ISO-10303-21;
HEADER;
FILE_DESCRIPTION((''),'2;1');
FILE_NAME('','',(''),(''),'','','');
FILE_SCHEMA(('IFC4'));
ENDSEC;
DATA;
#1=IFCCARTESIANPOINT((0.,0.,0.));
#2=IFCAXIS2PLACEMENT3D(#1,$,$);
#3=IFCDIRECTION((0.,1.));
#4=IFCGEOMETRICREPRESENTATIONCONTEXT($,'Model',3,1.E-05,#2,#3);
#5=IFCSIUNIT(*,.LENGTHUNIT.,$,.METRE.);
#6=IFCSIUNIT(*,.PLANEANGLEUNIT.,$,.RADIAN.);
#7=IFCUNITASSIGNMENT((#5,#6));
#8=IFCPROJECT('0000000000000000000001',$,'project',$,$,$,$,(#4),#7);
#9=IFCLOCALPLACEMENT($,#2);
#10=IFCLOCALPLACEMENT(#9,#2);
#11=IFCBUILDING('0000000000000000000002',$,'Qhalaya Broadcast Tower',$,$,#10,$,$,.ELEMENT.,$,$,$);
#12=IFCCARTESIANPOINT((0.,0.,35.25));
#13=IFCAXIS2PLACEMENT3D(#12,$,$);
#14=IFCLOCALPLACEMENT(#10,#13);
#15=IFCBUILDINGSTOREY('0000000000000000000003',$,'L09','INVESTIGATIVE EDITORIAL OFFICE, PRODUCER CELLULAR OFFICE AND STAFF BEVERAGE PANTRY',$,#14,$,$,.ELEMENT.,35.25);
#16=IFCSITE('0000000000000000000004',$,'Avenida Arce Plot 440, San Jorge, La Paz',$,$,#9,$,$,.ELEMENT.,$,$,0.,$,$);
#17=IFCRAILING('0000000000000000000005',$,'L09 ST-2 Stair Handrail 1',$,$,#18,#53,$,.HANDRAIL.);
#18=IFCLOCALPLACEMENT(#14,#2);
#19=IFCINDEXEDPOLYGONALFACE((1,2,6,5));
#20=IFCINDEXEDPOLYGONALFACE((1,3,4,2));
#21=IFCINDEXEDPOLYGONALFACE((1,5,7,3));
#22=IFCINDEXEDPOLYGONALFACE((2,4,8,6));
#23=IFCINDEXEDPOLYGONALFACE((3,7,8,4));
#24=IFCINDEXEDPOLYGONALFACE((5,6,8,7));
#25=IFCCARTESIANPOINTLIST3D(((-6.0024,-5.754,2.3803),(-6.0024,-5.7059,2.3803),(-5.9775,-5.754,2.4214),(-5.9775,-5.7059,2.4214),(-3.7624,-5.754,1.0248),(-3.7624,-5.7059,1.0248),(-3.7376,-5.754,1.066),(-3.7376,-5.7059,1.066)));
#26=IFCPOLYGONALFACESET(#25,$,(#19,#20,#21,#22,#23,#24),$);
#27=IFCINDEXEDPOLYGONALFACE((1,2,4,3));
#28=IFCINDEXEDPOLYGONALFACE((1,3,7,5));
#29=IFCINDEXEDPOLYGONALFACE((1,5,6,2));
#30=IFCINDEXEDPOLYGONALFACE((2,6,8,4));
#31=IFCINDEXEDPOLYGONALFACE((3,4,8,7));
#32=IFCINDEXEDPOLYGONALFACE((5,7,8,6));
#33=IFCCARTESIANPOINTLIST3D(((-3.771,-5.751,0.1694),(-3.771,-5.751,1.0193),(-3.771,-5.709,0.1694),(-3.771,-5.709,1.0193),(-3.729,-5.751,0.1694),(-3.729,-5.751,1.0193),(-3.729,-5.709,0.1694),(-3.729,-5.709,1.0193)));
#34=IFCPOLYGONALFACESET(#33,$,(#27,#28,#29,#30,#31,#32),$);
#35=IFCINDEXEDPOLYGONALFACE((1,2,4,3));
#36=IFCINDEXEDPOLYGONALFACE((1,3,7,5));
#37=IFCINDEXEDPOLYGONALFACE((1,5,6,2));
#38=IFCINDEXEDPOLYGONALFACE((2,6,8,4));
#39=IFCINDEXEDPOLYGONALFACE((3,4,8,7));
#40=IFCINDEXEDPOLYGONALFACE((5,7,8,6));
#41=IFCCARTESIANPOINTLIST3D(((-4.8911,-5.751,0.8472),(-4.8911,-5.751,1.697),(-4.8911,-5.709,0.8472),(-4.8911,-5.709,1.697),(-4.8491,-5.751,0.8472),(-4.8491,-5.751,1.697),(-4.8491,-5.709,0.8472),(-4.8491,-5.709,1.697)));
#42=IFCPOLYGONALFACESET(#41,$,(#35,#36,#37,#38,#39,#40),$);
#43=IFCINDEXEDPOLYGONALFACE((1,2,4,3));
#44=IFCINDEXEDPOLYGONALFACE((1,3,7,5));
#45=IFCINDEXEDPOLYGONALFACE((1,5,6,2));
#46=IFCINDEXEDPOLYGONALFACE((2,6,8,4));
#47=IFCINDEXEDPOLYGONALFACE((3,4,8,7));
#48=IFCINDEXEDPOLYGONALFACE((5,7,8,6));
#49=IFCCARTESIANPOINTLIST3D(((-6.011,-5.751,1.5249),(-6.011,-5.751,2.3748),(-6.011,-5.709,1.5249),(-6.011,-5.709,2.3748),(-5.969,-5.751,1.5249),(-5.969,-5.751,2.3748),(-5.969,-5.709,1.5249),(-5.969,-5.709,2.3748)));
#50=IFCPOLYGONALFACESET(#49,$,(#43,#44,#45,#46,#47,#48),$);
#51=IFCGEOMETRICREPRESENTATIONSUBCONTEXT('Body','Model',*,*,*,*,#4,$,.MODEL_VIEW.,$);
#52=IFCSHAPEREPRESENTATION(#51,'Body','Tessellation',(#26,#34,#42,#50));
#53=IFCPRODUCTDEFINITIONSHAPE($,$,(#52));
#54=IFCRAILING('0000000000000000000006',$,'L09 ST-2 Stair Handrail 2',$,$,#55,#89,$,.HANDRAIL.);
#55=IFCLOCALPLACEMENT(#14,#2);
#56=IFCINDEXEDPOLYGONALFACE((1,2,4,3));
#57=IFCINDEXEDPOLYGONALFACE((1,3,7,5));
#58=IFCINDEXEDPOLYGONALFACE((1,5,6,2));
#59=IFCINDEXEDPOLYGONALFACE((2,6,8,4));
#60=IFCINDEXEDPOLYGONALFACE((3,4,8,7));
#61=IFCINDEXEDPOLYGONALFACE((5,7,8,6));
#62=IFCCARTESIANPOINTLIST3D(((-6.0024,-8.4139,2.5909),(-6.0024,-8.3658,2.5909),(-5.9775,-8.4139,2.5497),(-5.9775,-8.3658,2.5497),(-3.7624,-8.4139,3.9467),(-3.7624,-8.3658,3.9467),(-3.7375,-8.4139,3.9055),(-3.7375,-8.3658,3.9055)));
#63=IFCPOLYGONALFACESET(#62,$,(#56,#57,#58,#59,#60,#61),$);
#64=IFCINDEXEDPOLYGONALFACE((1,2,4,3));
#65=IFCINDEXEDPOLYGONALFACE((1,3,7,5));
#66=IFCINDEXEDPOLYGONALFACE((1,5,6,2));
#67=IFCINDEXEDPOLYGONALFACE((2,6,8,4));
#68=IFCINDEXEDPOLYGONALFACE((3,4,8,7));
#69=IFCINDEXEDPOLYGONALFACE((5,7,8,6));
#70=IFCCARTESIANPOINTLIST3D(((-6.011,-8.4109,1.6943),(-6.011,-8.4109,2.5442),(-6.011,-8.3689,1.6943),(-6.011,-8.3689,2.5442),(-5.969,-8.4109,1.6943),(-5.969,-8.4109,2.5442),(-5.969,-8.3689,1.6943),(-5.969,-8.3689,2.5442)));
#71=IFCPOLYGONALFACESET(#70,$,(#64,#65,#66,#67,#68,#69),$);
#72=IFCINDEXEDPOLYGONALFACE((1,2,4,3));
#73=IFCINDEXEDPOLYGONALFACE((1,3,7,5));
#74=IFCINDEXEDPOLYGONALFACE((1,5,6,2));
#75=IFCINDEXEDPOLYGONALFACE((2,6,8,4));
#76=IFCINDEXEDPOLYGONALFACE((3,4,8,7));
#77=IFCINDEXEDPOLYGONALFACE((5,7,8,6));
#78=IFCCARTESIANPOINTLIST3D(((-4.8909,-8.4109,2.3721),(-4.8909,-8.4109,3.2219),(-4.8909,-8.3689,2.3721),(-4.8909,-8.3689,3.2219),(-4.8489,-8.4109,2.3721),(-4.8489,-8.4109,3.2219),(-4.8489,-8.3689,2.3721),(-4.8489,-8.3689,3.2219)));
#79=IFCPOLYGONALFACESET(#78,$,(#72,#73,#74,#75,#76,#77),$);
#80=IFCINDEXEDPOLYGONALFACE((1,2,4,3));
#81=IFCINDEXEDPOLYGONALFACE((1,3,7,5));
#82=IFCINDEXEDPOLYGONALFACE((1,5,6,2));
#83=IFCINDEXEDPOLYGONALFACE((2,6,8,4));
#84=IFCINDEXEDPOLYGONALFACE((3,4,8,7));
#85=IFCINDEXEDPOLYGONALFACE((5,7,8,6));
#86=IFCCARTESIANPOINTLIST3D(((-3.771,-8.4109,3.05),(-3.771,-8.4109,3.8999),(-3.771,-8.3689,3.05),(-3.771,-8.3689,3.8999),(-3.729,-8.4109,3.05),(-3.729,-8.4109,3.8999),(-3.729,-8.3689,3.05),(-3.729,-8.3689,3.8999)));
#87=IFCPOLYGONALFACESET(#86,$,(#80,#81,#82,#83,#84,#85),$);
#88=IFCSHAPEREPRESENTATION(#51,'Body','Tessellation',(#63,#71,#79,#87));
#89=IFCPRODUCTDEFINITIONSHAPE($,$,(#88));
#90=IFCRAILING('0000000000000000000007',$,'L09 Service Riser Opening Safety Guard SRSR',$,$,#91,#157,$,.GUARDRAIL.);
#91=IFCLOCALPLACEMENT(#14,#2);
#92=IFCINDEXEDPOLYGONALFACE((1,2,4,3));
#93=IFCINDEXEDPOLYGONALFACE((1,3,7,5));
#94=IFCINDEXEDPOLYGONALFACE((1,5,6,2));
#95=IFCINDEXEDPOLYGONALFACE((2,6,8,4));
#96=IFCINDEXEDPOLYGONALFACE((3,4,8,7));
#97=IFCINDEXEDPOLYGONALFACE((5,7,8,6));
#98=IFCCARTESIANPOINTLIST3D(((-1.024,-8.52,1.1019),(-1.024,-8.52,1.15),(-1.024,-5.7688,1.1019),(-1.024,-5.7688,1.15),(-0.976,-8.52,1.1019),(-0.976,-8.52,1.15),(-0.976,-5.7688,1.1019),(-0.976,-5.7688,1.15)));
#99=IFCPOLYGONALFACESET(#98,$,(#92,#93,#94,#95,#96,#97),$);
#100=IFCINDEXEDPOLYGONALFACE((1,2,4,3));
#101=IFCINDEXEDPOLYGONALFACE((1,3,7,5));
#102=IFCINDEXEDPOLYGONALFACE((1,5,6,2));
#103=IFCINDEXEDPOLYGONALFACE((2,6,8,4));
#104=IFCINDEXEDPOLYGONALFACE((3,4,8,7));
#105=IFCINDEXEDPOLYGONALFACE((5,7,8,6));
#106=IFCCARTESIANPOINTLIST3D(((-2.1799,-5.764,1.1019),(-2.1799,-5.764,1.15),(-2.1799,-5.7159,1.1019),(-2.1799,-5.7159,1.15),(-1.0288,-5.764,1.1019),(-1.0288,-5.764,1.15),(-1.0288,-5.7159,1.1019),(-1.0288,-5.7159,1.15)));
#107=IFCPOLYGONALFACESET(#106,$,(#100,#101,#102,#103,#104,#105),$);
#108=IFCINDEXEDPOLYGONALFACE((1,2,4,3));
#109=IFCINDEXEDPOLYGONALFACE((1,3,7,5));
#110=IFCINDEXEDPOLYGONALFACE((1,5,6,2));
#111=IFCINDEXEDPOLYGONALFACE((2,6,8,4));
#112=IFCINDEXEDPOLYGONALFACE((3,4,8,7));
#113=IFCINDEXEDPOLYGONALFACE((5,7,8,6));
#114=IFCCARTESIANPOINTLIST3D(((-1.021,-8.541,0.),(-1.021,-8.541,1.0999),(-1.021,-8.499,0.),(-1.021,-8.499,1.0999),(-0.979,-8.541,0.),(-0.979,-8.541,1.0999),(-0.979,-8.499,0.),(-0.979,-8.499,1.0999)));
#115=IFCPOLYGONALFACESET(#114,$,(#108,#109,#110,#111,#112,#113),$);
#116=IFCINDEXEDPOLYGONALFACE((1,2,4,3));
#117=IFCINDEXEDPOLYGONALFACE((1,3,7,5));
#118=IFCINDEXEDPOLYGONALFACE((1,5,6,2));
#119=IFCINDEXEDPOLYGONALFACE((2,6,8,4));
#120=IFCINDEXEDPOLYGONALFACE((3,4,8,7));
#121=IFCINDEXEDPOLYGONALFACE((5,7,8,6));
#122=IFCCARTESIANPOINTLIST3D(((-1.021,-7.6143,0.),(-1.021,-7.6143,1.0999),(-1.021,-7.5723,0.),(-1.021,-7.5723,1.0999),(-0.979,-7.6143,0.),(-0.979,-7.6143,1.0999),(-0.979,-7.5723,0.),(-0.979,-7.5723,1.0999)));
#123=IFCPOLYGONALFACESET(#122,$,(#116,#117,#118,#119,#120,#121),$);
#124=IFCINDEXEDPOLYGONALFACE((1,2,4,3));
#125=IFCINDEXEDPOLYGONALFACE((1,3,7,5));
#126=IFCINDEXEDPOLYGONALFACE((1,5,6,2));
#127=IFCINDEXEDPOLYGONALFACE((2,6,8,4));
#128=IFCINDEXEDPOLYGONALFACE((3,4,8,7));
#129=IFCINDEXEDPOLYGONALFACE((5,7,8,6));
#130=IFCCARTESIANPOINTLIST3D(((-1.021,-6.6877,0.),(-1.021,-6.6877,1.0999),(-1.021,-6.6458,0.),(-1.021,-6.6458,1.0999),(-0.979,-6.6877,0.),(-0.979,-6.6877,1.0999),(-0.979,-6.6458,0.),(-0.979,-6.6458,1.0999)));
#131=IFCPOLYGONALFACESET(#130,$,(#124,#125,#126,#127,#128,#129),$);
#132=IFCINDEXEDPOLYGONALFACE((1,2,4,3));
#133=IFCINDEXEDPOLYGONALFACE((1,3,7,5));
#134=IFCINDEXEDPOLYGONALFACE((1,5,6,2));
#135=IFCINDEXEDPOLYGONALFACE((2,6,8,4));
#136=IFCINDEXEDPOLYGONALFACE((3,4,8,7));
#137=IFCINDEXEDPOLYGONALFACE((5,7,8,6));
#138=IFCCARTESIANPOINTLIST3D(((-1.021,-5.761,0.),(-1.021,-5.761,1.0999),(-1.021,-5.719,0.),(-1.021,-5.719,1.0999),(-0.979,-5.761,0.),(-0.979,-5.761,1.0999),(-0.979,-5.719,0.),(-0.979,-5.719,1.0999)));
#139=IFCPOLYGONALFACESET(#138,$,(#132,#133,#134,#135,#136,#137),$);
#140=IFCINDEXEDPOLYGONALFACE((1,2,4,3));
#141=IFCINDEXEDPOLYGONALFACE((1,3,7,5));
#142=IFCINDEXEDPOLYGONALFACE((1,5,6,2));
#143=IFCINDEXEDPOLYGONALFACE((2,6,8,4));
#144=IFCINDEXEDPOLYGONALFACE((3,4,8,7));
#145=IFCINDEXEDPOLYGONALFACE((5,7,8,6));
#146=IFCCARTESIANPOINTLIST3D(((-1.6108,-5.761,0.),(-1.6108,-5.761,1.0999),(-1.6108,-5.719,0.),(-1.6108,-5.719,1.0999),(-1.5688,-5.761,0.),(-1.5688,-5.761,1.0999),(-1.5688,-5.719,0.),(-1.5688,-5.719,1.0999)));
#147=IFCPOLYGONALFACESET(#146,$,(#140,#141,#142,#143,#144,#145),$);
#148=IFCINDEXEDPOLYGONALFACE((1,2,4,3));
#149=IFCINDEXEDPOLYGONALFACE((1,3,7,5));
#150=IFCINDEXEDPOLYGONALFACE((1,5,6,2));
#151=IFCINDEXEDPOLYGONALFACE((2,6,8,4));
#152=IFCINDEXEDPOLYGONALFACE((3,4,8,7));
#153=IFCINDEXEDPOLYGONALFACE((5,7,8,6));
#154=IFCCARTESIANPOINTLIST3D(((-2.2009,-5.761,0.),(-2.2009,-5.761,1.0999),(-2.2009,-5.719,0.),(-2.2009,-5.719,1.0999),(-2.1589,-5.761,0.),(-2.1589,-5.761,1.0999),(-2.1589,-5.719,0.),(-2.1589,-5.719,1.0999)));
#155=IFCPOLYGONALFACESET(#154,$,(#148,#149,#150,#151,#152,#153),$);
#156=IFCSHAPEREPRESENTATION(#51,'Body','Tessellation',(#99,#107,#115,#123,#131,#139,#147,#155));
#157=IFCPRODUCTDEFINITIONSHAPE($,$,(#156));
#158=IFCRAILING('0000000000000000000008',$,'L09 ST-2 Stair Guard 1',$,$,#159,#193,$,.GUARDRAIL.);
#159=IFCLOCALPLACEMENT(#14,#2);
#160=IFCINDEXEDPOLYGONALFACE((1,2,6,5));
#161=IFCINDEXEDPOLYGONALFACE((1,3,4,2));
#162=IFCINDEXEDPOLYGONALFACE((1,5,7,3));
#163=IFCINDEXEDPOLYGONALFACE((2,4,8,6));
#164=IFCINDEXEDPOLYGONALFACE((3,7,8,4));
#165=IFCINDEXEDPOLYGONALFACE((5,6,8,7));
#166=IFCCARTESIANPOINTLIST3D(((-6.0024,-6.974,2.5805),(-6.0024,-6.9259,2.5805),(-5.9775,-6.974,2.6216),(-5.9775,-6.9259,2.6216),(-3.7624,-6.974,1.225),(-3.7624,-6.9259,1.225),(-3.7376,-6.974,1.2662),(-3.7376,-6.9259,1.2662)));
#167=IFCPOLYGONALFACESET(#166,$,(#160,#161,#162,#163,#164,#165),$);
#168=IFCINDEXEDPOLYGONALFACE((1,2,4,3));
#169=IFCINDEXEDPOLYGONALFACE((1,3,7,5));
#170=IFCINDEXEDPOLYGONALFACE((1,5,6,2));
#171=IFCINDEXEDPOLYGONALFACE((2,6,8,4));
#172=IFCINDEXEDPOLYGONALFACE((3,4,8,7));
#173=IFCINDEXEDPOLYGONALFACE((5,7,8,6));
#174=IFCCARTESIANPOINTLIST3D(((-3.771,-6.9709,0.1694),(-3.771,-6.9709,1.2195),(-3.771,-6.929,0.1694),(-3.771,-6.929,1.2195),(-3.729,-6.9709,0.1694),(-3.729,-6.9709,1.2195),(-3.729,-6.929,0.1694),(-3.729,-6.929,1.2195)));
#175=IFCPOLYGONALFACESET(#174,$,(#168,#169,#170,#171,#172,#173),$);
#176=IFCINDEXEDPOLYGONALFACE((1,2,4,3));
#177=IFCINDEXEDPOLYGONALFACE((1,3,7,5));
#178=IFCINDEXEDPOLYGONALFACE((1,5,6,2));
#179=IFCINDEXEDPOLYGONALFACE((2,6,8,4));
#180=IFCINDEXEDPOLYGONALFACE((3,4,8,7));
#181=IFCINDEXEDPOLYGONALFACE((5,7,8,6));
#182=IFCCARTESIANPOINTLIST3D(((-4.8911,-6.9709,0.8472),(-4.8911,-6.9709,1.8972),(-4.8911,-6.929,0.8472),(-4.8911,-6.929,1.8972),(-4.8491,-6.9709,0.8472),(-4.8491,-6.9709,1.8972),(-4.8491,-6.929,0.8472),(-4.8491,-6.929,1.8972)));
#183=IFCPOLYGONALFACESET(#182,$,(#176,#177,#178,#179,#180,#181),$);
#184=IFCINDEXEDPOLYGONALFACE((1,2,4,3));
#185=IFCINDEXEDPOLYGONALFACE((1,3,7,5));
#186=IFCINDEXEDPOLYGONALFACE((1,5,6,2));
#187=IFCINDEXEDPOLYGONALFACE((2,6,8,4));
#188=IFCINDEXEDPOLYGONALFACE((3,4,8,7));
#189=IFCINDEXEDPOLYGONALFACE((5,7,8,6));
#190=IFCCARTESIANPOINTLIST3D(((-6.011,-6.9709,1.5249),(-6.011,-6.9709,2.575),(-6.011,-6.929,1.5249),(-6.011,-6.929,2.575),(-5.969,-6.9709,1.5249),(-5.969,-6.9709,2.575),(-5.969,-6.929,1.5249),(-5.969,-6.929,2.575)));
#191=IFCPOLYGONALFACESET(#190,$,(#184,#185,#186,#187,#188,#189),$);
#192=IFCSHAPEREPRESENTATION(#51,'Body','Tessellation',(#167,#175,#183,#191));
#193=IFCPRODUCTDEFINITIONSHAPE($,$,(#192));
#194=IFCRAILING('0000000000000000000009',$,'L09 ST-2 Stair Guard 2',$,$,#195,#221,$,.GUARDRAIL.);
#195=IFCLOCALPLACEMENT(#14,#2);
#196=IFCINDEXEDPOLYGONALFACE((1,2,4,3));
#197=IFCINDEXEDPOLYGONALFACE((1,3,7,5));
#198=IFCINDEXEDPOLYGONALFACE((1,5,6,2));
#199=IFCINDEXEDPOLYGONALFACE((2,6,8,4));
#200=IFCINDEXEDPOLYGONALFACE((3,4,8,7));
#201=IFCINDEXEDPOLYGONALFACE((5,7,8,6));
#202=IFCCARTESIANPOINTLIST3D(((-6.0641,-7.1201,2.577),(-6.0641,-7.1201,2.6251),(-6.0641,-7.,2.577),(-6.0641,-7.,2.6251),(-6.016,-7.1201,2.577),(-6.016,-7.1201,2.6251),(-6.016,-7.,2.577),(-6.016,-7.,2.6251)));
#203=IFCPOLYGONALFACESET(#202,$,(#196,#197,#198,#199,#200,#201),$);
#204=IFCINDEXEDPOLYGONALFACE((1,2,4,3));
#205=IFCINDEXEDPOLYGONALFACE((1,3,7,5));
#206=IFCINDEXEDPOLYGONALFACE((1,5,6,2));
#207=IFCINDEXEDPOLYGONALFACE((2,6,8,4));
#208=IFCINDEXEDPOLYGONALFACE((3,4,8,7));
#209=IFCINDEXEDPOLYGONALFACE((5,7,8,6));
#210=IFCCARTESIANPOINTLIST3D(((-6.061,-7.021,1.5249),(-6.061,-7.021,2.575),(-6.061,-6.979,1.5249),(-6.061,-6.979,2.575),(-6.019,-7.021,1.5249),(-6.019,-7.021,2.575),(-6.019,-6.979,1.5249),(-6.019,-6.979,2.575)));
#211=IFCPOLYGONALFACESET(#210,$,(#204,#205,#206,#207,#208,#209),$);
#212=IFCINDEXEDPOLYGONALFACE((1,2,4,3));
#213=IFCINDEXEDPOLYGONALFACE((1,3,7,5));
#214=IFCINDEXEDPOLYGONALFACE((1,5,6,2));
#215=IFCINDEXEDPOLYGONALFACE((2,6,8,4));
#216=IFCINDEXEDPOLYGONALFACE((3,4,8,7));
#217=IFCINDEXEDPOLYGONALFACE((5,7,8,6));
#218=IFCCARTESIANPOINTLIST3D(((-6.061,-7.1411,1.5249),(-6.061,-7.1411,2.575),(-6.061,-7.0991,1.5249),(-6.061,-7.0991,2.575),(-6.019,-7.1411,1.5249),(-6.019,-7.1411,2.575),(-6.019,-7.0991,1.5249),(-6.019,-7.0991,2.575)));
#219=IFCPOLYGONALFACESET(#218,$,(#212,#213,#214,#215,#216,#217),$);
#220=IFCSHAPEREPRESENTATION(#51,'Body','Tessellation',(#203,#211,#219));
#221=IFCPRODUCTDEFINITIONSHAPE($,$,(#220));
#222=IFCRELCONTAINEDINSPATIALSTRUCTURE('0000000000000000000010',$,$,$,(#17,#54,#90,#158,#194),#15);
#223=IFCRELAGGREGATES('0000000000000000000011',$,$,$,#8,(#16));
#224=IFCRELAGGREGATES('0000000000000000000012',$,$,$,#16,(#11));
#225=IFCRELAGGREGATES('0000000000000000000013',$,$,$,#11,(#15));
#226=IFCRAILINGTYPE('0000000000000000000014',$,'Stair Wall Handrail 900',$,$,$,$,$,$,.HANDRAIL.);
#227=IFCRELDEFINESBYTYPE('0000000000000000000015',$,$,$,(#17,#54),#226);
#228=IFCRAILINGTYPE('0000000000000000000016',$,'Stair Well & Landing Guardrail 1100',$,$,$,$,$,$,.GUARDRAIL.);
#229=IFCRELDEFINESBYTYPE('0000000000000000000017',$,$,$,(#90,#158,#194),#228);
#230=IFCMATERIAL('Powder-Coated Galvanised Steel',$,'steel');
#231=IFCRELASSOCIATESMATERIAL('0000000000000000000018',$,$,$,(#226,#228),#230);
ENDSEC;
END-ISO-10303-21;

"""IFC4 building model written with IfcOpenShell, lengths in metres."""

from ifc_helpers import new_model, si_unit, direction, frame, origin, origin_2d, place, context, subcontext, project, spatial, rectangle, extrude, material, type_object, element, save


model = new_model("IFC4")

# Units and contexts
model_context = context("Model", 3, precision=1e-05, world=origin(), true_north=direction((0.0, 1.0)))
body_context = subcontext(model_context, "Body", "Model", "MODEL_VIEW")
ifc_project = project(units=[si_unit("LENGTHUNIT", "METRE"), si_unit("PLANEANGLEUNIT", "RADIAN")], contexts=[model_context])

# Site, building, storey
site_placement = place(None, origin())
site = spatial("IfcSite", under=ifc_project, at=site_placement, Name="Avenida Arce Plot 440, San Jorge, La Paz", CompositionType="ELEMENT", RefElevation=0.0)
building_placement = place(site_placement, origin())
building = spatial("IfcBuilding", under=site, at=building_placement, Name="Qhalaya Broadcast Tower", CompositionType="ELEMENT")
storey_placement = place(building_placement, frame((0.0, 0.0, 35.25)))
storey = spatial("IfcBuildingStorey", under=building, at=storey_placement, Name="L09", Description="INVESTIGATIVE EDITORIAL OFFICE, PRODUCER CELLULAR OFFICE AND STAFF BEVERAGE PANTRY", CompositionType="ELEMENT", Elevation=35.25)

# Railings
ifc_material_1 = material(Name="Powder-Coated Galvanised Steel", Category="steel")
railing_type_1 = type_object("IfcRailingType", Name="Stair Wall Handrail 900", PredefinedType="HANDRAIL", material=ifc_material_1)
railing_1_placement = place(storey_placement, frame((-3.75, -5.73, 0.1694)))
element("IfcRailing", 1, at=railing_1_placement, inside=storey, type_object=railing_type_1, Name="L09 ST-2 Stair Handrail 1", PredefinedType="HANDRAIL", context=body_context, shape_type="SweptSolid", body=[
    extrude(rectangle(XDim=0.0481, YDim=0.0481, at=origin_2d()), frame((0.0, 0.0, 0.876), z_axis=(-0.855553, 0.0, 0.517715), x_axis=(0.0, -1.0, 0.0)), (0.0, 0.0, 1.0), 2.6182),
    extrude(rectangle(XDim=0.042, YDim=0.042, at=origin_2d()), origin(), (0.0, 0.0, 1.0), 0.8499),
    extrude(rectangle(XDim=0.042, YDim=0.042, at=origin_2d()), frame((-1.1201, 0.0, 0.6777)), (0.0, 0.0, 1.0), 0.8499),
    extrude(rectangle(XDim=0.042, YDim=0.042, at=origin_2d()), frame((-2.24, 0.0, 1.3555)), (0.0, 0.0, 1.0), 0.8499),
])
railing_2_placement = place(storey_placement, frame((-5.99, -8.3899, 1.6943)))
element("IfcRailing", 2, at=railing_2_placement, inside=storey, type_object=railing_type_1, Name="L09 ST-2 Stair Handrail 2", PredefinedType="HANDRAIL", context=body_context, shape_type="SweptSolid", body=[
    extrude(rectangle(XDim=0.0481, YDim=0.0481, at=origin_2d()), frame((0.0, 0.0, 0.876), z_axis=(0.855512, 0.0, 0.517783), x_axis=(0.0, 1.0, 0.0)), (0.0, 0.0, 1.0), 2.6184),
    extrude(rectangle(XDim=0.042, YDim=0.042, at=origin_2d()), origin(), (0.0, 0.0, 1.0), 0.8499),
    extrude(rectangle(XDim=0.042, YDim=0.042, at=origin_2d()), frame((1.1201, 0.0, 0.6777)), (0.0, 0.0, 1.0), 0.8499),
    extrude(rectangle(XDim=0.042, YDim=0.042, at=origin_2d()), frame((2.24, 0.0, 1.3557)), (0.0, 0.0, 1.0), 0.8499),
])
railing_type_2 = type_object("IfcRailingType", Name="Stair Well & Landing Guardrail 1100", PredefinedType="GUARDRAIL", material=ifc_material_1)
railing_3_placement = place(storey_placement, frame((-1.0, -8.52, 0.0)))
element("IfcRailing", 3, at=railing_3_placement, inside=storey, type_object=railing_type_2, Name="L09 Service Riser Opening Safety Guard SRSR", PredefinedType="GUARDRAIL", context=body_context, shape_type="SweptSolid", body=[
    extrude(rectangle(XDim=0.0481, YDim=0.0481, at=origin_2d()), frame((0.0, 0.0, 1.126), z_axis=(0.0, 1.0, 0.0), x_axis=(-1.0, 0.0, 0.0)), (0.0, 0.0, 1.0), 2.7512),
    extrude(rectangle(XDim=0.0481, YDim=0.0481, at=origin_2d()), frame((-0.0288, 2.78, 1.126), z_axis=(-1.0, 0.0, 0.0), x_axis=(0.0, -1.0, 0.0)), (0.0, 0.0, 1.0), 1.1511),
    extrude(rectangle(XDim=0.042, YDim=0.042, at=origin_2d()), origin(), (0.0, 0.0, 1.0), 1.0999),
    extrude(rectangle(XDim=0.042, YDim=0.042, at=origin_2d()), frame((0.0, 0.9268, 0.0)), (0.0, 0.0, 1.0), 1.0999),
    extrude(rectangle(XDim=0.042, YDim=0.042, at=origin_2d()), frame((0.0, 1.8533, 0.0)), (0.0, 0.0, 1.0), 1.0999),
    extrude(rectangle(XDim=0.042, YDim=0.042, at=origin_2d()), frame((0.0, 2.78, 0.0)), (0.0, 0.0, 1.0), 1.0999),
    extrude(rectangle(XDim=0.042, YDim=0.042, at=origin_2d()), frame((-0.5898, 2.78, 0.0)), (0.0, 0.0, 1.0), 1.0999),
    extrude(rectangle(XDim=0.042, YDim=0.042, at=origin_2d()), frame((-1.1799, 2.78, 0.0)), (0.0, 0.0, 1.0), 1.0999),
])
railing_4_placement = place(storey_placement, frame((-3.75, -6.95, 0.1694)))
element("IfcRailing", 4, at=railing_4_placement, inside=storey, type_object=railing_type_2, Name="L09 ST-2 Stair Guard 1", PredefinedType="GUARDRAIL", context=body_context, shape_type="SweptSolid", body=[
    extrude(rectangle(XDim=0.0481, YDim=0.0481, at=origin_2d()), frame((0.0, 0.0, 1.0762), z_axis=(-0.855553, 0.0, 0.517715), x_axis=(0.0, -1.0, 0.0)), (0.0, 0.0, 1.0), 2.6182),
    extrude(rectangle(XDim=0.042, YDim=0.042, at=origin_2d()), origin(), (0.0, 0.0, 1.0), 1.05),
    extrude(rectangle(XDim=0.042, YDim=0.042, at=origin_2d()), frame((-1.1201, 0.0, 0.6777)), (0.0, 0.0, 1.0), 1.05),
    extrude(rectangle(XDim=0.042, YDim=0.042, at=origin_2d()), frame((-2.24, 0.0, 1.3555)), (0.0, 0.0, 1.0), 1.05),
])
railing_5_placement = place(storey_placement, frame((-6.04, -7.0, 1.5249)))
element("IfcRailing", 5, at=railing_5_placement, inside=storey, type_object=railing_type_2, Name="L09 ST-2 Stair Guard 2", PredefinedType="GUARDRAIL", context=body_context, shape_type="SweptSolid", body=[
    extrude(rectangle(XDim=0.0481, YDim=0.0481, at=origin_2d()), frame((0.0, 0.0, 1.0762), z_axis=(0.0, -1.0, 0.0), x_axis=(1.0, 0.0, 0.0)), (0.0, 0.0, 1.0), 0.1201),
    extrude(rectangle(XDim=0.042, YDim=0.042, at=origin_2d()), origin(), (0.0, 0.0, 1.0), 1.05),
    extrude(rectangle(XDim=0.042, YDim=0.042, at=origin_2d()), frame((0.0, -0.1201, 0.0)), (0.0, 0.0, 1.0), 1.05),
])

save(model, "model.ifc")
